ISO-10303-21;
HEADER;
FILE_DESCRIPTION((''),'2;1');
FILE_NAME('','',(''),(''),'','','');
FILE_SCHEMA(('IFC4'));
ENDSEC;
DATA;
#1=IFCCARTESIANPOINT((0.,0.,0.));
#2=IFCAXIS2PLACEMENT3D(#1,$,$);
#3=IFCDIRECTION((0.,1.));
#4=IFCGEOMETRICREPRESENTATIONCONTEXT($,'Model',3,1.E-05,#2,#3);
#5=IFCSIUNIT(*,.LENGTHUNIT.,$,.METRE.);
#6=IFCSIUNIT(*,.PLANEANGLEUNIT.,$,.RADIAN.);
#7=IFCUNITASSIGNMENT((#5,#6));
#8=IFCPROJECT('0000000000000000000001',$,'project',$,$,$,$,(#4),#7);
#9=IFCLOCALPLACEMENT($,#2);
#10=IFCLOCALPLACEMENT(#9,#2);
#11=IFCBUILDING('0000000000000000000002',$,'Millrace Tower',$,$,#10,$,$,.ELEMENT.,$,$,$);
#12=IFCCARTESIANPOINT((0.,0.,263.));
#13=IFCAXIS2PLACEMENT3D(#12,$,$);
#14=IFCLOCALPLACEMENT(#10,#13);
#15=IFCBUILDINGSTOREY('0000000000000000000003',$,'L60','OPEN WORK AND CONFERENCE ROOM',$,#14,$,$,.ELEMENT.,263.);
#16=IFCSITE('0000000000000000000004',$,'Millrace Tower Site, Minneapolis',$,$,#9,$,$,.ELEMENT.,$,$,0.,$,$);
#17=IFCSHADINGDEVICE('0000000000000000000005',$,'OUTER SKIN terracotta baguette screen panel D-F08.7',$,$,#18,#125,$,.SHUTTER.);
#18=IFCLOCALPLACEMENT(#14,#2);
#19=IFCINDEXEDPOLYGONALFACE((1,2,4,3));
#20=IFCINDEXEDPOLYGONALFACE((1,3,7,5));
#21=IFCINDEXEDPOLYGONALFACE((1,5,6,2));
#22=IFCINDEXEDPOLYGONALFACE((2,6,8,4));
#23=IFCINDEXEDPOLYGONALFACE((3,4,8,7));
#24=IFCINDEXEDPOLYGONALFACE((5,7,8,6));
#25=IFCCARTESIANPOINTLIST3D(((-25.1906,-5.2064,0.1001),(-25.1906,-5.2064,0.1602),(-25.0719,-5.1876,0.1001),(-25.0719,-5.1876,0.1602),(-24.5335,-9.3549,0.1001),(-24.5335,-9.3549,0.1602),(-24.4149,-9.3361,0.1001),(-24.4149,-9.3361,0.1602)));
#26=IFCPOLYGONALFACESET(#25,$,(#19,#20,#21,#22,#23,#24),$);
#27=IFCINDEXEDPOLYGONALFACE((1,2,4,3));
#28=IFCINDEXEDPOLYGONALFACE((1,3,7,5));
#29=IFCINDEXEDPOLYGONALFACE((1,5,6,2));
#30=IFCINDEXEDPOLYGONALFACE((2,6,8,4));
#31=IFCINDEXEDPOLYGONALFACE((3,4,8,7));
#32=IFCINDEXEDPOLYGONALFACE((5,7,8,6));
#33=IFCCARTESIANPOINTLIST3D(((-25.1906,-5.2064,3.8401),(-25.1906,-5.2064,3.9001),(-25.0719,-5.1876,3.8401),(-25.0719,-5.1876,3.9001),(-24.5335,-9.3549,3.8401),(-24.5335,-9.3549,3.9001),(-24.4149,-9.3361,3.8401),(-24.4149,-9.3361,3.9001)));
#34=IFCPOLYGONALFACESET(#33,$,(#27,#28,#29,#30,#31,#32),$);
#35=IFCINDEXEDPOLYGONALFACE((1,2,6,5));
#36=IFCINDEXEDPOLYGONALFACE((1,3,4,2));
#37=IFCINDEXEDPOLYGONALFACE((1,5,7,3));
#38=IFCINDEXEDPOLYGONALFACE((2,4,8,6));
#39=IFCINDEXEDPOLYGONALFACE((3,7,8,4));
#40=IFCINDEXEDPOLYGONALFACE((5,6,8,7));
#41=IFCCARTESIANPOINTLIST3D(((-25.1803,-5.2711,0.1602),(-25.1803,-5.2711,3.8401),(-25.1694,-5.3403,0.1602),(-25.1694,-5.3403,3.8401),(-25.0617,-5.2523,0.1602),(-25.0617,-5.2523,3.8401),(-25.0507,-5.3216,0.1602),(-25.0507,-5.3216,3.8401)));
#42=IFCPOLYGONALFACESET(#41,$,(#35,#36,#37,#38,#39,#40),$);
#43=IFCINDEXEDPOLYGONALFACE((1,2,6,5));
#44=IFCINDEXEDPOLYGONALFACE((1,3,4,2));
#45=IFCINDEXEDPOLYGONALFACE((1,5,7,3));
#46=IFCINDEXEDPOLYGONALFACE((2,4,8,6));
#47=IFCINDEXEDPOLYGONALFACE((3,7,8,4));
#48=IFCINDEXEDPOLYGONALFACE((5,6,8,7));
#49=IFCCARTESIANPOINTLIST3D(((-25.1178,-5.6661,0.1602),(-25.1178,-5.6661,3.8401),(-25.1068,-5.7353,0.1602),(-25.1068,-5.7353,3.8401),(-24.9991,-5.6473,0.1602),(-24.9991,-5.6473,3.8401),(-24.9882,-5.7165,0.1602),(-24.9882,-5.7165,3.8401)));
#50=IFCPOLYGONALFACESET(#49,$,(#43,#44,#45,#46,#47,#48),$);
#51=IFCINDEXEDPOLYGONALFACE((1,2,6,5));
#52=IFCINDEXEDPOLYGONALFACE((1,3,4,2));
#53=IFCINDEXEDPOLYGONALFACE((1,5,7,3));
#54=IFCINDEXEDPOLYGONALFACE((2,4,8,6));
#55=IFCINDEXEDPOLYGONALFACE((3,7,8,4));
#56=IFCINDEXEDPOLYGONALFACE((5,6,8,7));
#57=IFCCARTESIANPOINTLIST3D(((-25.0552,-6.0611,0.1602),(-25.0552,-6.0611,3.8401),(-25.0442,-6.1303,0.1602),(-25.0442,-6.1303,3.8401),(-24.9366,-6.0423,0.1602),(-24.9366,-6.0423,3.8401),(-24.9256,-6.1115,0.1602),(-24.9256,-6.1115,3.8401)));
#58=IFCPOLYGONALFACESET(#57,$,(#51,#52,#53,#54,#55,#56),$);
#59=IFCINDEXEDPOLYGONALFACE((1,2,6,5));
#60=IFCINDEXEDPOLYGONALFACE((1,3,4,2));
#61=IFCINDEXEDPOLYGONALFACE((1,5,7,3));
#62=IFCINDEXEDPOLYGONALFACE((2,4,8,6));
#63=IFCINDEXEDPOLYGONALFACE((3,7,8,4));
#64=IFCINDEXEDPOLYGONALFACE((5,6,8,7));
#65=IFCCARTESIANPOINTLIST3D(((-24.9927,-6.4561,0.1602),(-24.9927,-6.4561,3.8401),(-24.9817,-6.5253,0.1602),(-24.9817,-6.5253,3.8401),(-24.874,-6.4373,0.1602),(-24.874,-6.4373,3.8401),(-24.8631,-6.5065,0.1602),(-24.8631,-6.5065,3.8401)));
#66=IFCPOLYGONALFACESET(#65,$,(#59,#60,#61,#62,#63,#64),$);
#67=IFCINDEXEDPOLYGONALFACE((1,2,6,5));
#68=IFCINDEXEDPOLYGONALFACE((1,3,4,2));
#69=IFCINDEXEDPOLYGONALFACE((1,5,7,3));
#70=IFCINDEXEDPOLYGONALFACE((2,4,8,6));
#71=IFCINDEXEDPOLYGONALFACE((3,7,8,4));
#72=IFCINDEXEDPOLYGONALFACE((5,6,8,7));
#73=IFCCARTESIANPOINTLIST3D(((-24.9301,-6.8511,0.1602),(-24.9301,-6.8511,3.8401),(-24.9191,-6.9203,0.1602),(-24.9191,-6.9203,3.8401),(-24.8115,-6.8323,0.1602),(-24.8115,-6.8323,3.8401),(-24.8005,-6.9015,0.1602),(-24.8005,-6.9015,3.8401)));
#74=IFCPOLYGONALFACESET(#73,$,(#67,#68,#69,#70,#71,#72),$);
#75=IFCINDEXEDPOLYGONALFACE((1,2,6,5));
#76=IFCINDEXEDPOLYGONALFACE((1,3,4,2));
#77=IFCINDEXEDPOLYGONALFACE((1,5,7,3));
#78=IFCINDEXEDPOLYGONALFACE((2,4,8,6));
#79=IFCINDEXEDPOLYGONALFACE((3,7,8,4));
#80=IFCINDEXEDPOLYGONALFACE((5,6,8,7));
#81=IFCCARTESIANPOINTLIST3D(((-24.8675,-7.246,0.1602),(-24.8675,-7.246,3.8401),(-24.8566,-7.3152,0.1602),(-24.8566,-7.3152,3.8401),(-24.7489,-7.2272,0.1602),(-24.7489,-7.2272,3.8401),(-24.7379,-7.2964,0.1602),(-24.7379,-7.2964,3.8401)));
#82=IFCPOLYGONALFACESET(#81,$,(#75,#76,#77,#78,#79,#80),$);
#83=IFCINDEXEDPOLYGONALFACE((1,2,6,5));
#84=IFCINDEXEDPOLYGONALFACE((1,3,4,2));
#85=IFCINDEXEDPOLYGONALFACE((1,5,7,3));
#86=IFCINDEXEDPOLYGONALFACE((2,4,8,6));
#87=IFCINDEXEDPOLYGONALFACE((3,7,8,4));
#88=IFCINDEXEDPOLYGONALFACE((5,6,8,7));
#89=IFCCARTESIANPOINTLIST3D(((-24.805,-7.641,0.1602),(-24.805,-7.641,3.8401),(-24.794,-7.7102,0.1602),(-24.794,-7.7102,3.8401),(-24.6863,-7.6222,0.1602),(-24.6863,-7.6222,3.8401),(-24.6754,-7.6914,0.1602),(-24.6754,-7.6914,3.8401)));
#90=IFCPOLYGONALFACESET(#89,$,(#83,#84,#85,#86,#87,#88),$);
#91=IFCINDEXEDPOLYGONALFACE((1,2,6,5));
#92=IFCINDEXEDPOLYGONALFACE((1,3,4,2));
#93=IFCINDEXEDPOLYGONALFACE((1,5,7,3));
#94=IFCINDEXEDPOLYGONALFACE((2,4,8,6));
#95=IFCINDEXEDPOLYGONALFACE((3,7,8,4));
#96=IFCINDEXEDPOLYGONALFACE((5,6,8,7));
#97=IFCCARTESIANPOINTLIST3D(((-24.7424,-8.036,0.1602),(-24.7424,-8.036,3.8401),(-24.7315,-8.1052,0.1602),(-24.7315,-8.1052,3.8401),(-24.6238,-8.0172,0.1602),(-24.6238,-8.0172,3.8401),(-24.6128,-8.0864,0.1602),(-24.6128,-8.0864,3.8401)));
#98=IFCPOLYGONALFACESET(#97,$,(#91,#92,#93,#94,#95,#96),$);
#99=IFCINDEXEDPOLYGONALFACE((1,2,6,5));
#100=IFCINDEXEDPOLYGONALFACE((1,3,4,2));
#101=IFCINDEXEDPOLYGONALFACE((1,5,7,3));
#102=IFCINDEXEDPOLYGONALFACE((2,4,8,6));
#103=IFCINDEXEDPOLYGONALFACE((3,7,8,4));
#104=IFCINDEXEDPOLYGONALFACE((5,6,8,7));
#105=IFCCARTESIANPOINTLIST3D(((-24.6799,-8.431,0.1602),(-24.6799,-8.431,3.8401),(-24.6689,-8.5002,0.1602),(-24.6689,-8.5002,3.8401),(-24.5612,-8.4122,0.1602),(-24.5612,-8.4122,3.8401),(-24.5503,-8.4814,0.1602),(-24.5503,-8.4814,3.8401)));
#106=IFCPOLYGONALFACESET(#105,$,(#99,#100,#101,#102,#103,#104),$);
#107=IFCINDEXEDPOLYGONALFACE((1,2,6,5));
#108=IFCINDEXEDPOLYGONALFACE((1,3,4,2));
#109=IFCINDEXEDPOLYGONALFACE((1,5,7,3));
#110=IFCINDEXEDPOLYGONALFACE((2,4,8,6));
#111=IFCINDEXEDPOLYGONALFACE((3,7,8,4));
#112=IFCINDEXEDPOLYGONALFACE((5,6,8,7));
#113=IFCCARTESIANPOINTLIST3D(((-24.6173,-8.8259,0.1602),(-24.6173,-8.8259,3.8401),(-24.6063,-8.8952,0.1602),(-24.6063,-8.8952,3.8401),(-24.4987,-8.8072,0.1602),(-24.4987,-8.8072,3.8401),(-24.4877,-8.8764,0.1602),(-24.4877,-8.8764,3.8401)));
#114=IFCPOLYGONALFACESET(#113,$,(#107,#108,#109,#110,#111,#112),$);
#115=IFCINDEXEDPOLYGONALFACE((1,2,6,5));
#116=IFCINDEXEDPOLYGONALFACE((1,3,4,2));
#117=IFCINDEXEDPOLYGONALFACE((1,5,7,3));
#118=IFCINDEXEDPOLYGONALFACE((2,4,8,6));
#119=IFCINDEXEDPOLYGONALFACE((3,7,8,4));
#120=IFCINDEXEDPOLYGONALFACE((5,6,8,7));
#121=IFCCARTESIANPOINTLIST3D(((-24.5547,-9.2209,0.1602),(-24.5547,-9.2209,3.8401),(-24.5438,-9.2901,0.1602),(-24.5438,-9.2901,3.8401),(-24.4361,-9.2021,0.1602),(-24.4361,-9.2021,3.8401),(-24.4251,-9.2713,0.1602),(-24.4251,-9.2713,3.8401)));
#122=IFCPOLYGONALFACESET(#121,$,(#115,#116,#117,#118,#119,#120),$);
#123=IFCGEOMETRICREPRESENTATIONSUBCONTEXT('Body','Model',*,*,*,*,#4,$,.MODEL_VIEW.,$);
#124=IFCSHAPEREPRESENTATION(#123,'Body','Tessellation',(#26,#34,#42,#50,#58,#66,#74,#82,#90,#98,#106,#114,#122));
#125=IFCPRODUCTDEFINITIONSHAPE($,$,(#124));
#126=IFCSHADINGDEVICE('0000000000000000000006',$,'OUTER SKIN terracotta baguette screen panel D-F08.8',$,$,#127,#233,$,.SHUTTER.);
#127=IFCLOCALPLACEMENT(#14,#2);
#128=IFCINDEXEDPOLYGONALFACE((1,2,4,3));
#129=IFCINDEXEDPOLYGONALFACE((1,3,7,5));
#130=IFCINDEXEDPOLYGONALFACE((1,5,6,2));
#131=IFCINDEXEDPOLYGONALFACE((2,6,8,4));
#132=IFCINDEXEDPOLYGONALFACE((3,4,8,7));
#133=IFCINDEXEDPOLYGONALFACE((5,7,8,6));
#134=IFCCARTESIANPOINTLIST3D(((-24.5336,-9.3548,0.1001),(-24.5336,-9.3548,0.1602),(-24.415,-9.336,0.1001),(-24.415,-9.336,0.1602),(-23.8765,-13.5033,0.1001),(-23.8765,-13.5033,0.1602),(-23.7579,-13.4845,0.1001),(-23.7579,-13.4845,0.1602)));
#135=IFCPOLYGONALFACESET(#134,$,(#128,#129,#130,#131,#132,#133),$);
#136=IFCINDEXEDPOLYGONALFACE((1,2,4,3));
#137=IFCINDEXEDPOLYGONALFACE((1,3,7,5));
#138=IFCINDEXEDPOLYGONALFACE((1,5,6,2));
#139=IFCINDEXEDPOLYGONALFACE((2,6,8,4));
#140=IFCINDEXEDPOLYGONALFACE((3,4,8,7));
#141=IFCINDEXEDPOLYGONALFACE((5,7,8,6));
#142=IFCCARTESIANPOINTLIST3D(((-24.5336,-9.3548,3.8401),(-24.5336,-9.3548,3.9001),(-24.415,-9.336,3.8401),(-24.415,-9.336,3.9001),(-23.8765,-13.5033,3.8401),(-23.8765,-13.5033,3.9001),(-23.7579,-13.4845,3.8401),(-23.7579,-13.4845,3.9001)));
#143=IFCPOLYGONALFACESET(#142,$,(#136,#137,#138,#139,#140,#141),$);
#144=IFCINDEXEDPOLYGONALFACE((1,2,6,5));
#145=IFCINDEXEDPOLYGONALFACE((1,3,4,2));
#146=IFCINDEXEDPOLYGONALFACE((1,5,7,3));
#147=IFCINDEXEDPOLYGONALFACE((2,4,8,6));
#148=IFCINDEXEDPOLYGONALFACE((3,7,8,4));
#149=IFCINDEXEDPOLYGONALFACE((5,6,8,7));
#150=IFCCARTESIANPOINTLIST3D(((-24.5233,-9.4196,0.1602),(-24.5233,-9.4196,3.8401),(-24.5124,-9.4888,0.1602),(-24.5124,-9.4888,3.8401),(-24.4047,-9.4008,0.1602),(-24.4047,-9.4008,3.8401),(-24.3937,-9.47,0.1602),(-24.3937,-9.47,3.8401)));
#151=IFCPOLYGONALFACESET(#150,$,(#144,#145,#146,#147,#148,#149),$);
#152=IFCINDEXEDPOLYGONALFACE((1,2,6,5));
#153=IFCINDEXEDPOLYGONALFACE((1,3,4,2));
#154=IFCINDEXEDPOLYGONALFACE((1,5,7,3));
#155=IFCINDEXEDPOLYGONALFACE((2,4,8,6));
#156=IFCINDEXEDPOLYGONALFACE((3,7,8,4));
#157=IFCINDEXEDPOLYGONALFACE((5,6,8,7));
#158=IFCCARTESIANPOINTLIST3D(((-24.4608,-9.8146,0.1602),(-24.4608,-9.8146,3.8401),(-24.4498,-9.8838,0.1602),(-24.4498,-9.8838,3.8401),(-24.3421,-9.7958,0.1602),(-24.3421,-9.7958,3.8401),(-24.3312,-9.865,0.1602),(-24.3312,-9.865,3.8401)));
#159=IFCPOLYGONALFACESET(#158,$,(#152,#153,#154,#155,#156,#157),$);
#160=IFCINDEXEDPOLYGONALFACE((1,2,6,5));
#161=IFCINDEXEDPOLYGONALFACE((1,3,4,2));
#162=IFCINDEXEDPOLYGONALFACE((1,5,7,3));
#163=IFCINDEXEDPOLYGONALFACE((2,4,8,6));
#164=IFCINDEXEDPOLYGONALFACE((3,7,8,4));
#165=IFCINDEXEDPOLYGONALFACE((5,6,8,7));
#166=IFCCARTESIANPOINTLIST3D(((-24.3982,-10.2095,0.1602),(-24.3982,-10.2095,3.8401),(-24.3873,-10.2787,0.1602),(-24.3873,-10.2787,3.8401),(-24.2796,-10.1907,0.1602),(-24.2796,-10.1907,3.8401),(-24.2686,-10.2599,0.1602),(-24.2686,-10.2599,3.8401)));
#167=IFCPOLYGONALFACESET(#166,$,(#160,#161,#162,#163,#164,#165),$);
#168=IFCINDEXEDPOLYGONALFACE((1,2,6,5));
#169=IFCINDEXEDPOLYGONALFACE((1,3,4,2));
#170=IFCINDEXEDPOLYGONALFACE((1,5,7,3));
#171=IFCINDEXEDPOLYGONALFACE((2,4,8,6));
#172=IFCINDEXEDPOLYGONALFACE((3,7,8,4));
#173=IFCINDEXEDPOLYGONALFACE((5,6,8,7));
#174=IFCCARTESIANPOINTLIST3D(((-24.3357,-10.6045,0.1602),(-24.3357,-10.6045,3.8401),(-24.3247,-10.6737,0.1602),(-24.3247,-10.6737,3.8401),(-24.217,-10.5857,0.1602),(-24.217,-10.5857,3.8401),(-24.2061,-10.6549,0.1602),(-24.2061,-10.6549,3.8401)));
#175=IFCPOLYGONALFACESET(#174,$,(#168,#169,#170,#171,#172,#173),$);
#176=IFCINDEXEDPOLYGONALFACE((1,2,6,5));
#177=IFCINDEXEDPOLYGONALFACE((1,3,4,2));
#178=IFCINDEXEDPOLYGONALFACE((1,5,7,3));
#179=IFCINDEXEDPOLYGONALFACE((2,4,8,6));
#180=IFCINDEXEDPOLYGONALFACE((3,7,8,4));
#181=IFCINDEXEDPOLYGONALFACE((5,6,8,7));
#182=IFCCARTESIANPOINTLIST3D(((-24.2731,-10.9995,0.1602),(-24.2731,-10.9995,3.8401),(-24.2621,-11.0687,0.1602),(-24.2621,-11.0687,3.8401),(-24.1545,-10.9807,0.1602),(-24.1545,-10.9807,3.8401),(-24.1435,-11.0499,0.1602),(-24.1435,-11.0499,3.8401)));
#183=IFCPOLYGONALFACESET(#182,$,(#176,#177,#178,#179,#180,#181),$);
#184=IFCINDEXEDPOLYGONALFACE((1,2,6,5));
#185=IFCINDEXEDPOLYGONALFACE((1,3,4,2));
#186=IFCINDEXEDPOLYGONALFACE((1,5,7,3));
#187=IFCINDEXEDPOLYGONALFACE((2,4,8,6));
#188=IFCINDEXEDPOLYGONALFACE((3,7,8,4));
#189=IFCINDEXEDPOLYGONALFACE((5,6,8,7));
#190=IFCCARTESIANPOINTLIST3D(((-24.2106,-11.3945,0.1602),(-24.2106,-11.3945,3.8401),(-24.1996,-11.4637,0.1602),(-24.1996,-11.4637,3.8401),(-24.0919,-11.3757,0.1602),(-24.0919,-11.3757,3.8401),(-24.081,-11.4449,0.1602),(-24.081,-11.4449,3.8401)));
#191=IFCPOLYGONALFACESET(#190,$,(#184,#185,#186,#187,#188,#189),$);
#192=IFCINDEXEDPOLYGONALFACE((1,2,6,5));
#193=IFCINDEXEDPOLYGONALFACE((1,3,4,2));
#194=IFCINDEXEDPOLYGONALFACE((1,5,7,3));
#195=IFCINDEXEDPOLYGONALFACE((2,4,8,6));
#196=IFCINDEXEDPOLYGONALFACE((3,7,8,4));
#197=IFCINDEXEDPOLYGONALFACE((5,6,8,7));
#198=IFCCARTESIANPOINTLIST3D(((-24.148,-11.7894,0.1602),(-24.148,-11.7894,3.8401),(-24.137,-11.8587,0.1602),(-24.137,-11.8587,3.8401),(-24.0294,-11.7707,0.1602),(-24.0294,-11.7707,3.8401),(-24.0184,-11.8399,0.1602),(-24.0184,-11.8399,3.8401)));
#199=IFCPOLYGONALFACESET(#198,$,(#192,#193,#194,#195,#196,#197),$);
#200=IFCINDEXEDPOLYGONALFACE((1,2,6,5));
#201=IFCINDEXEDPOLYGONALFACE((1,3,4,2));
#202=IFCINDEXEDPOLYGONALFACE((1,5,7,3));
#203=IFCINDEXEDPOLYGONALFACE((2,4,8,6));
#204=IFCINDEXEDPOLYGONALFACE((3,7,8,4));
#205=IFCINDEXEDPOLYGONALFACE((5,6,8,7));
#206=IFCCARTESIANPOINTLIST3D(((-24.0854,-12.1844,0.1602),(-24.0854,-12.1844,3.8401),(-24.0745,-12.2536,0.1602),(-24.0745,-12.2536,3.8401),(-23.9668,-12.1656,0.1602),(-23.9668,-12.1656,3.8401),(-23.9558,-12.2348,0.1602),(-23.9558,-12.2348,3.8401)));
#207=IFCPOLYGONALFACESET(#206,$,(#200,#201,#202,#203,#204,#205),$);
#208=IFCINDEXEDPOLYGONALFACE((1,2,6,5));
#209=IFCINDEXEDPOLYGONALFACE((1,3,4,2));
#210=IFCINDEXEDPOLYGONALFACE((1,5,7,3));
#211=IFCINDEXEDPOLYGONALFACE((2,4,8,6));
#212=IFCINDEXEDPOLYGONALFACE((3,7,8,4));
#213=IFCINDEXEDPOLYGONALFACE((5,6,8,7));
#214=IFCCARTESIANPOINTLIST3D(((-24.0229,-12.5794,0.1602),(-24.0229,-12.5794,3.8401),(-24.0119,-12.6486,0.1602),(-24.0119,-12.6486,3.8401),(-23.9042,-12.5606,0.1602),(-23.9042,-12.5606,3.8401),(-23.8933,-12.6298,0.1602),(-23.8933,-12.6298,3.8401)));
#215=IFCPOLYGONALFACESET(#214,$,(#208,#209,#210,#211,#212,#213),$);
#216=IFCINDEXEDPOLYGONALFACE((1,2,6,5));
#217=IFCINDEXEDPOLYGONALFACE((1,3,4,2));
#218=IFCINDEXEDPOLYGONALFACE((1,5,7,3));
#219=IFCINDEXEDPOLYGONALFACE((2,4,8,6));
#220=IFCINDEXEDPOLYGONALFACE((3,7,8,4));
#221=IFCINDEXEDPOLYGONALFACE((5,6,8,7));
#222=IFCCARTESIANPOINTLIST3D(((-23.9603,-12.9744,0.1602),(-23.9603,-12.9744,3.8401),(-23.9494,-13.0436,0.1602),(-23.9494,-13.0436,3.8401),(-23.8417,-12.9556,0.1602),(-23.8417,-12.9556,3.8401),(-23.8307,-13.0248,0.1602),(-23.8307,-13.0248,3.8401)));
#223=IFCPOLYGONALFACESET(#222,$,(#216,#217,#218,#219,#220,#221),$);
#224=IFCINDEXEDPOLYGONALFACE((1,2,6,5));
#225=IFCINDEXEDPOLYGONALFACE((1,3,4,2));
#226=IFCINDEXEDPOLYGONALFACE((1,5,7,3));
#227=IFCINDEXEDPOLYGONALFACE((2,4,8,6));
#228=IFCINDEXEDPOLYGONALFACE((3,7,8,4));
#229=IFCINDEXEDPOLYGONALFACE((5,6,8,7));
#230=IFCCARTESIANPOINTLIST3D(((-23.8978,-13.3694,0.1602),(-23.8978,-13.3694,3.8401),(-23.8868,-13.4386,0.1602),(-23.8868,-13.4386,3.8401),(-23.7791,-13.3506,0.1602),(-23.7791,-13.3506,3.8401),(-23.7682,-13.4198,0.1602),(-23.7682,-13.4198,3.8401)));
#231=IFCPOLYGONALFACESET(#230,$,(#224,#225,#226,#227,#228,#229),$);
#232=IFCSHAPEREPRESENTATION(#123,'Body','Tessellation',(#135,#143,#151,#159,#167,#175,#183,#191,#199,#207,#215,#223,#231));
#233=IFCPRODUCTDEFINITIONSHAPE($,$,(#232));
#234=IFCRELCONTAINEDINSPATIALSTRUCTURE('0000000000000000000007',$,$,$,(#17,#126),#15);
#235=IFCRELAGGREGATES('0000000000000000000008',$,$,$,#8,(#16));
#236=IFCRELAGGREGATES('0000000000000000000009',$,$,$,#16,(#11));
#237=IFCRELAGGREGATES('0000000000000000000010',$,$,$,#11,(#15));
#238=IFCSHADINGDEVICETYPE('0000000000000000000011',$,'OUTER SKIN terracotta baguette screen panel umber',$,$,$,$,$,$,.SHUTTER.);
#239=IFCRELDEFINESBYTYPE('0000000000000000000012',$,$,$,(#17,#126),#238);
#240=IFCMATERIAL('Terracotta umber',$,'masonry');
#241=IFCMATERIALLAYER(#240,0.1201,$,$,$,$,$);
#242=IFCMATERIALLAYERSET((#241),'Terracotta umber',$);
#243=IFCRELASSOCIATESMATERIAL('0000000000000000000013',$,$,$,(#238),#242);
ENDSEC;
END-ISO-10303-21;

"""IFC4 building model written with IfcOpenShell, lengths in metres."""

from ifc_helpers import new_model, entity, si_unit, direction, frame, frame_2d, origin, origin_2d, place, context, subcontext, project, spatial, rectangle, extrude, source, transform, mapped, material, layer, layer_set, type_object, element, save


model = new_model("IFC4")

# Units and contexts
model_context = context("Model", 3, precision=1e-05, world=origin(), true_north=direction((0.0, 1.0)))
body_context = subcontext(model_context, "Body", "Model", "MODEL_VIEW")
ifc_project = project(units=[si_unit("LENGTHUNIT", "METRE"), si_unit("PLANEANGLEUNIT", "RADIAN")], contexts=[model_context])

# Site, building, storey
site_placement = place(None, origin())
site = spatial("IfcSite", under=ifc_project, at=site_placement, Name="Millrace Tower Site, Minneapolis", CompositionType="ELEMENT", RefElevation=0.0)
building_placement = place(site_placement, origin())
building = spatial("IfcBuilding", under=site, at=building_placement, Name="Millrace Tower", CompositionType="ELEMENT")
storey_placement = place(building_placement, frame((0.0, 0.0, 263.0)))
storey = spatial("IfcBuildingStorey", under=building, at=storey_placement, Name="L60", Description="OPEN WORK AND CONFERENCE ROOM", CompositionType="ELEMENT", Elevation=263.0)

# Shading devices
ifc_material_1 = material(Name="Terracotta umber", Category="masonry")
ifc_layer_1 = layer(ifc_material_1, 0.1201)
ifc_layer_set_1 = layer_set([ifc_layer_1], Name="Terracotta umber")
shading_device_type = type_object("IfcShadingDeviceType", Name="OUTER SKIN terracotta baguette screen panel umber", PredefinedType="SHUTTER", material=ifc_layer_set_1)
cartesian_point = entity("IfcCartesianPoint", [-2.1001, 0.0601])
shared_polyline = entity("IfcPolyline", [cartesian_point, entity("IfcCartesianPoint", [2.1001, 0.0601]), entity("IfcCartesianPoint", [2.1001, -0.0601]), entity("IfcCartesianPoint", [-2.1001, -0.0601]), cartesian_point])
shared_shape = source(origin(), body_context, "Body", "SweptSolid", [
    entity("IfcExtrudedAreaSolid", entity("IfcArbitraryClosedProfileDef", "AREA", None, shared_polyline), entity("IfcAxis2Placement3D", entity("IfcCartesianPoint", [0.0, 0.0, 0.0])), entity("IfcDirection", [0.0, 0.0, 1.0]), 0.0601),
    entity("IfcExtrudedAreaSolid", entity("IfcArbitraryClosedProfileDef", "AREA", None, shared_polyline), entity("IfcAxis2Placement3D", entity("IfcCartesianPoint", [0.0, 0.0, 3.74])), entity("IfcDirection", [0.0, 0.0, 1.0]), 0.0601),
    extrude(rectangle(XDim=0.0701, YDim=0.1201, at=frame_2d((-1.9995, 0.0))), frame((0.0, 0.0, 0.0601)), (0.0, 0.0, 1.0), 3.6799),
    extrude(rectangle(XDim=0.0701, YDim=0.1201, at=frame_2d((-1.5996, 0.0))), frame((0.0, 0.0, 0.0601)), (0.0, 0.0, 1.0), 3.6799),
    extrude(rectangle(XDim=0.0701, YDim=0.1201, at=frame_2d((-1.1997, 0.0))), frame((0.0, 0.0, 0.0601)), (0.0, 0.0, 1.0), 3.6799),
    extrude(rectangle(XDim=0.0701, YDim=0.1201, at=frame_2d((-0.7998, 0.0))), frame((0.0, 0.0, 0.0601)), (0.0, 0.0, 1.0), 3.6799),
    extrude(rectangle(XDim=0.0701, YDim=0.1201, at=frame_2d((-0.3999, 0.0))), frame((0.0, 0.0, 0.0601)), (0.0, 0.0, 1.0), 3.6799),
    extrude(rectangle(XDim=0.0701, YDim=0.1201, at=origin_2d()), frame((0.0, 0.0, 0.0601)), (0.0, 0.0, 1.0), 3.6799),
    extrude(rectangle(XDim=0.0701, YDim=0.1201, at=frame_2d((0.3999, 0.0))), frame((0.0, 0.0, 0.0601)), (0.0, 0.0, 1.0), 3.6799),
    extrude(rectangle(XDim=0.0701, YDim=0.1201, at=frame_2d((0.7998, 0.0))), frame((0.0, 0.0, 0.0601)), (0.0, 0.0, 1.0), 3.6799),
    extrude(rectangle(XDim=0.0701, YDim=0.1201, at=frame_2d((1.1997, 0.0))), frame((0.0, 0.0, 0.0601)), (0.0, 0.0, 1.0), 3.6799),
    extrude(rectangle(XDim=0.0701, YDim=0.1201, at=frame_2d((1.5996, 0.0))), frame((0.0, 0.0, 0.0601)), (0.0, 0.0, 1.0), 3.6799),
    extrude(rectangle(XDim=0.0701, YDim=0.1201, at=frame_2d((1.9995, 0.0))), frame((0.0, 0.0, 0.0601)), (0.0, 0.0, 1.0), 3.6799),
])
for number, where, z_axis, x_axis, name in (
    (1, (-24.8027, -7.2712, 0.1001), (0.0, 0.0, 1.0), (0.156434, -0.987688, 0.0), "OUTER SKIN terracotta baguette screen panel D-F08.7"),
    (2, (-24.1458, -11.4197, 0.1001), (0.0, 0.0, 1.0), (0.156434, -0.987688, 0.0), "OUTER SKIN terracotta baguette screen panel D-F08.8"),
):
    element("IfcShadingDevice", number, at=place(storey_placement, frame(where, z_axis=z_axis, x_axis=x_axis)), inside=storey, type_object=shading_device_type, Name=name, PredefinedType="SHUTTER", context=body_context, shape_type="MappedRepresentation", body=[
        mapped(shared_shape, transform((0.0, 0.0, 0.0), scale=1.0)),
    ])

save(model, "model.ifc")
